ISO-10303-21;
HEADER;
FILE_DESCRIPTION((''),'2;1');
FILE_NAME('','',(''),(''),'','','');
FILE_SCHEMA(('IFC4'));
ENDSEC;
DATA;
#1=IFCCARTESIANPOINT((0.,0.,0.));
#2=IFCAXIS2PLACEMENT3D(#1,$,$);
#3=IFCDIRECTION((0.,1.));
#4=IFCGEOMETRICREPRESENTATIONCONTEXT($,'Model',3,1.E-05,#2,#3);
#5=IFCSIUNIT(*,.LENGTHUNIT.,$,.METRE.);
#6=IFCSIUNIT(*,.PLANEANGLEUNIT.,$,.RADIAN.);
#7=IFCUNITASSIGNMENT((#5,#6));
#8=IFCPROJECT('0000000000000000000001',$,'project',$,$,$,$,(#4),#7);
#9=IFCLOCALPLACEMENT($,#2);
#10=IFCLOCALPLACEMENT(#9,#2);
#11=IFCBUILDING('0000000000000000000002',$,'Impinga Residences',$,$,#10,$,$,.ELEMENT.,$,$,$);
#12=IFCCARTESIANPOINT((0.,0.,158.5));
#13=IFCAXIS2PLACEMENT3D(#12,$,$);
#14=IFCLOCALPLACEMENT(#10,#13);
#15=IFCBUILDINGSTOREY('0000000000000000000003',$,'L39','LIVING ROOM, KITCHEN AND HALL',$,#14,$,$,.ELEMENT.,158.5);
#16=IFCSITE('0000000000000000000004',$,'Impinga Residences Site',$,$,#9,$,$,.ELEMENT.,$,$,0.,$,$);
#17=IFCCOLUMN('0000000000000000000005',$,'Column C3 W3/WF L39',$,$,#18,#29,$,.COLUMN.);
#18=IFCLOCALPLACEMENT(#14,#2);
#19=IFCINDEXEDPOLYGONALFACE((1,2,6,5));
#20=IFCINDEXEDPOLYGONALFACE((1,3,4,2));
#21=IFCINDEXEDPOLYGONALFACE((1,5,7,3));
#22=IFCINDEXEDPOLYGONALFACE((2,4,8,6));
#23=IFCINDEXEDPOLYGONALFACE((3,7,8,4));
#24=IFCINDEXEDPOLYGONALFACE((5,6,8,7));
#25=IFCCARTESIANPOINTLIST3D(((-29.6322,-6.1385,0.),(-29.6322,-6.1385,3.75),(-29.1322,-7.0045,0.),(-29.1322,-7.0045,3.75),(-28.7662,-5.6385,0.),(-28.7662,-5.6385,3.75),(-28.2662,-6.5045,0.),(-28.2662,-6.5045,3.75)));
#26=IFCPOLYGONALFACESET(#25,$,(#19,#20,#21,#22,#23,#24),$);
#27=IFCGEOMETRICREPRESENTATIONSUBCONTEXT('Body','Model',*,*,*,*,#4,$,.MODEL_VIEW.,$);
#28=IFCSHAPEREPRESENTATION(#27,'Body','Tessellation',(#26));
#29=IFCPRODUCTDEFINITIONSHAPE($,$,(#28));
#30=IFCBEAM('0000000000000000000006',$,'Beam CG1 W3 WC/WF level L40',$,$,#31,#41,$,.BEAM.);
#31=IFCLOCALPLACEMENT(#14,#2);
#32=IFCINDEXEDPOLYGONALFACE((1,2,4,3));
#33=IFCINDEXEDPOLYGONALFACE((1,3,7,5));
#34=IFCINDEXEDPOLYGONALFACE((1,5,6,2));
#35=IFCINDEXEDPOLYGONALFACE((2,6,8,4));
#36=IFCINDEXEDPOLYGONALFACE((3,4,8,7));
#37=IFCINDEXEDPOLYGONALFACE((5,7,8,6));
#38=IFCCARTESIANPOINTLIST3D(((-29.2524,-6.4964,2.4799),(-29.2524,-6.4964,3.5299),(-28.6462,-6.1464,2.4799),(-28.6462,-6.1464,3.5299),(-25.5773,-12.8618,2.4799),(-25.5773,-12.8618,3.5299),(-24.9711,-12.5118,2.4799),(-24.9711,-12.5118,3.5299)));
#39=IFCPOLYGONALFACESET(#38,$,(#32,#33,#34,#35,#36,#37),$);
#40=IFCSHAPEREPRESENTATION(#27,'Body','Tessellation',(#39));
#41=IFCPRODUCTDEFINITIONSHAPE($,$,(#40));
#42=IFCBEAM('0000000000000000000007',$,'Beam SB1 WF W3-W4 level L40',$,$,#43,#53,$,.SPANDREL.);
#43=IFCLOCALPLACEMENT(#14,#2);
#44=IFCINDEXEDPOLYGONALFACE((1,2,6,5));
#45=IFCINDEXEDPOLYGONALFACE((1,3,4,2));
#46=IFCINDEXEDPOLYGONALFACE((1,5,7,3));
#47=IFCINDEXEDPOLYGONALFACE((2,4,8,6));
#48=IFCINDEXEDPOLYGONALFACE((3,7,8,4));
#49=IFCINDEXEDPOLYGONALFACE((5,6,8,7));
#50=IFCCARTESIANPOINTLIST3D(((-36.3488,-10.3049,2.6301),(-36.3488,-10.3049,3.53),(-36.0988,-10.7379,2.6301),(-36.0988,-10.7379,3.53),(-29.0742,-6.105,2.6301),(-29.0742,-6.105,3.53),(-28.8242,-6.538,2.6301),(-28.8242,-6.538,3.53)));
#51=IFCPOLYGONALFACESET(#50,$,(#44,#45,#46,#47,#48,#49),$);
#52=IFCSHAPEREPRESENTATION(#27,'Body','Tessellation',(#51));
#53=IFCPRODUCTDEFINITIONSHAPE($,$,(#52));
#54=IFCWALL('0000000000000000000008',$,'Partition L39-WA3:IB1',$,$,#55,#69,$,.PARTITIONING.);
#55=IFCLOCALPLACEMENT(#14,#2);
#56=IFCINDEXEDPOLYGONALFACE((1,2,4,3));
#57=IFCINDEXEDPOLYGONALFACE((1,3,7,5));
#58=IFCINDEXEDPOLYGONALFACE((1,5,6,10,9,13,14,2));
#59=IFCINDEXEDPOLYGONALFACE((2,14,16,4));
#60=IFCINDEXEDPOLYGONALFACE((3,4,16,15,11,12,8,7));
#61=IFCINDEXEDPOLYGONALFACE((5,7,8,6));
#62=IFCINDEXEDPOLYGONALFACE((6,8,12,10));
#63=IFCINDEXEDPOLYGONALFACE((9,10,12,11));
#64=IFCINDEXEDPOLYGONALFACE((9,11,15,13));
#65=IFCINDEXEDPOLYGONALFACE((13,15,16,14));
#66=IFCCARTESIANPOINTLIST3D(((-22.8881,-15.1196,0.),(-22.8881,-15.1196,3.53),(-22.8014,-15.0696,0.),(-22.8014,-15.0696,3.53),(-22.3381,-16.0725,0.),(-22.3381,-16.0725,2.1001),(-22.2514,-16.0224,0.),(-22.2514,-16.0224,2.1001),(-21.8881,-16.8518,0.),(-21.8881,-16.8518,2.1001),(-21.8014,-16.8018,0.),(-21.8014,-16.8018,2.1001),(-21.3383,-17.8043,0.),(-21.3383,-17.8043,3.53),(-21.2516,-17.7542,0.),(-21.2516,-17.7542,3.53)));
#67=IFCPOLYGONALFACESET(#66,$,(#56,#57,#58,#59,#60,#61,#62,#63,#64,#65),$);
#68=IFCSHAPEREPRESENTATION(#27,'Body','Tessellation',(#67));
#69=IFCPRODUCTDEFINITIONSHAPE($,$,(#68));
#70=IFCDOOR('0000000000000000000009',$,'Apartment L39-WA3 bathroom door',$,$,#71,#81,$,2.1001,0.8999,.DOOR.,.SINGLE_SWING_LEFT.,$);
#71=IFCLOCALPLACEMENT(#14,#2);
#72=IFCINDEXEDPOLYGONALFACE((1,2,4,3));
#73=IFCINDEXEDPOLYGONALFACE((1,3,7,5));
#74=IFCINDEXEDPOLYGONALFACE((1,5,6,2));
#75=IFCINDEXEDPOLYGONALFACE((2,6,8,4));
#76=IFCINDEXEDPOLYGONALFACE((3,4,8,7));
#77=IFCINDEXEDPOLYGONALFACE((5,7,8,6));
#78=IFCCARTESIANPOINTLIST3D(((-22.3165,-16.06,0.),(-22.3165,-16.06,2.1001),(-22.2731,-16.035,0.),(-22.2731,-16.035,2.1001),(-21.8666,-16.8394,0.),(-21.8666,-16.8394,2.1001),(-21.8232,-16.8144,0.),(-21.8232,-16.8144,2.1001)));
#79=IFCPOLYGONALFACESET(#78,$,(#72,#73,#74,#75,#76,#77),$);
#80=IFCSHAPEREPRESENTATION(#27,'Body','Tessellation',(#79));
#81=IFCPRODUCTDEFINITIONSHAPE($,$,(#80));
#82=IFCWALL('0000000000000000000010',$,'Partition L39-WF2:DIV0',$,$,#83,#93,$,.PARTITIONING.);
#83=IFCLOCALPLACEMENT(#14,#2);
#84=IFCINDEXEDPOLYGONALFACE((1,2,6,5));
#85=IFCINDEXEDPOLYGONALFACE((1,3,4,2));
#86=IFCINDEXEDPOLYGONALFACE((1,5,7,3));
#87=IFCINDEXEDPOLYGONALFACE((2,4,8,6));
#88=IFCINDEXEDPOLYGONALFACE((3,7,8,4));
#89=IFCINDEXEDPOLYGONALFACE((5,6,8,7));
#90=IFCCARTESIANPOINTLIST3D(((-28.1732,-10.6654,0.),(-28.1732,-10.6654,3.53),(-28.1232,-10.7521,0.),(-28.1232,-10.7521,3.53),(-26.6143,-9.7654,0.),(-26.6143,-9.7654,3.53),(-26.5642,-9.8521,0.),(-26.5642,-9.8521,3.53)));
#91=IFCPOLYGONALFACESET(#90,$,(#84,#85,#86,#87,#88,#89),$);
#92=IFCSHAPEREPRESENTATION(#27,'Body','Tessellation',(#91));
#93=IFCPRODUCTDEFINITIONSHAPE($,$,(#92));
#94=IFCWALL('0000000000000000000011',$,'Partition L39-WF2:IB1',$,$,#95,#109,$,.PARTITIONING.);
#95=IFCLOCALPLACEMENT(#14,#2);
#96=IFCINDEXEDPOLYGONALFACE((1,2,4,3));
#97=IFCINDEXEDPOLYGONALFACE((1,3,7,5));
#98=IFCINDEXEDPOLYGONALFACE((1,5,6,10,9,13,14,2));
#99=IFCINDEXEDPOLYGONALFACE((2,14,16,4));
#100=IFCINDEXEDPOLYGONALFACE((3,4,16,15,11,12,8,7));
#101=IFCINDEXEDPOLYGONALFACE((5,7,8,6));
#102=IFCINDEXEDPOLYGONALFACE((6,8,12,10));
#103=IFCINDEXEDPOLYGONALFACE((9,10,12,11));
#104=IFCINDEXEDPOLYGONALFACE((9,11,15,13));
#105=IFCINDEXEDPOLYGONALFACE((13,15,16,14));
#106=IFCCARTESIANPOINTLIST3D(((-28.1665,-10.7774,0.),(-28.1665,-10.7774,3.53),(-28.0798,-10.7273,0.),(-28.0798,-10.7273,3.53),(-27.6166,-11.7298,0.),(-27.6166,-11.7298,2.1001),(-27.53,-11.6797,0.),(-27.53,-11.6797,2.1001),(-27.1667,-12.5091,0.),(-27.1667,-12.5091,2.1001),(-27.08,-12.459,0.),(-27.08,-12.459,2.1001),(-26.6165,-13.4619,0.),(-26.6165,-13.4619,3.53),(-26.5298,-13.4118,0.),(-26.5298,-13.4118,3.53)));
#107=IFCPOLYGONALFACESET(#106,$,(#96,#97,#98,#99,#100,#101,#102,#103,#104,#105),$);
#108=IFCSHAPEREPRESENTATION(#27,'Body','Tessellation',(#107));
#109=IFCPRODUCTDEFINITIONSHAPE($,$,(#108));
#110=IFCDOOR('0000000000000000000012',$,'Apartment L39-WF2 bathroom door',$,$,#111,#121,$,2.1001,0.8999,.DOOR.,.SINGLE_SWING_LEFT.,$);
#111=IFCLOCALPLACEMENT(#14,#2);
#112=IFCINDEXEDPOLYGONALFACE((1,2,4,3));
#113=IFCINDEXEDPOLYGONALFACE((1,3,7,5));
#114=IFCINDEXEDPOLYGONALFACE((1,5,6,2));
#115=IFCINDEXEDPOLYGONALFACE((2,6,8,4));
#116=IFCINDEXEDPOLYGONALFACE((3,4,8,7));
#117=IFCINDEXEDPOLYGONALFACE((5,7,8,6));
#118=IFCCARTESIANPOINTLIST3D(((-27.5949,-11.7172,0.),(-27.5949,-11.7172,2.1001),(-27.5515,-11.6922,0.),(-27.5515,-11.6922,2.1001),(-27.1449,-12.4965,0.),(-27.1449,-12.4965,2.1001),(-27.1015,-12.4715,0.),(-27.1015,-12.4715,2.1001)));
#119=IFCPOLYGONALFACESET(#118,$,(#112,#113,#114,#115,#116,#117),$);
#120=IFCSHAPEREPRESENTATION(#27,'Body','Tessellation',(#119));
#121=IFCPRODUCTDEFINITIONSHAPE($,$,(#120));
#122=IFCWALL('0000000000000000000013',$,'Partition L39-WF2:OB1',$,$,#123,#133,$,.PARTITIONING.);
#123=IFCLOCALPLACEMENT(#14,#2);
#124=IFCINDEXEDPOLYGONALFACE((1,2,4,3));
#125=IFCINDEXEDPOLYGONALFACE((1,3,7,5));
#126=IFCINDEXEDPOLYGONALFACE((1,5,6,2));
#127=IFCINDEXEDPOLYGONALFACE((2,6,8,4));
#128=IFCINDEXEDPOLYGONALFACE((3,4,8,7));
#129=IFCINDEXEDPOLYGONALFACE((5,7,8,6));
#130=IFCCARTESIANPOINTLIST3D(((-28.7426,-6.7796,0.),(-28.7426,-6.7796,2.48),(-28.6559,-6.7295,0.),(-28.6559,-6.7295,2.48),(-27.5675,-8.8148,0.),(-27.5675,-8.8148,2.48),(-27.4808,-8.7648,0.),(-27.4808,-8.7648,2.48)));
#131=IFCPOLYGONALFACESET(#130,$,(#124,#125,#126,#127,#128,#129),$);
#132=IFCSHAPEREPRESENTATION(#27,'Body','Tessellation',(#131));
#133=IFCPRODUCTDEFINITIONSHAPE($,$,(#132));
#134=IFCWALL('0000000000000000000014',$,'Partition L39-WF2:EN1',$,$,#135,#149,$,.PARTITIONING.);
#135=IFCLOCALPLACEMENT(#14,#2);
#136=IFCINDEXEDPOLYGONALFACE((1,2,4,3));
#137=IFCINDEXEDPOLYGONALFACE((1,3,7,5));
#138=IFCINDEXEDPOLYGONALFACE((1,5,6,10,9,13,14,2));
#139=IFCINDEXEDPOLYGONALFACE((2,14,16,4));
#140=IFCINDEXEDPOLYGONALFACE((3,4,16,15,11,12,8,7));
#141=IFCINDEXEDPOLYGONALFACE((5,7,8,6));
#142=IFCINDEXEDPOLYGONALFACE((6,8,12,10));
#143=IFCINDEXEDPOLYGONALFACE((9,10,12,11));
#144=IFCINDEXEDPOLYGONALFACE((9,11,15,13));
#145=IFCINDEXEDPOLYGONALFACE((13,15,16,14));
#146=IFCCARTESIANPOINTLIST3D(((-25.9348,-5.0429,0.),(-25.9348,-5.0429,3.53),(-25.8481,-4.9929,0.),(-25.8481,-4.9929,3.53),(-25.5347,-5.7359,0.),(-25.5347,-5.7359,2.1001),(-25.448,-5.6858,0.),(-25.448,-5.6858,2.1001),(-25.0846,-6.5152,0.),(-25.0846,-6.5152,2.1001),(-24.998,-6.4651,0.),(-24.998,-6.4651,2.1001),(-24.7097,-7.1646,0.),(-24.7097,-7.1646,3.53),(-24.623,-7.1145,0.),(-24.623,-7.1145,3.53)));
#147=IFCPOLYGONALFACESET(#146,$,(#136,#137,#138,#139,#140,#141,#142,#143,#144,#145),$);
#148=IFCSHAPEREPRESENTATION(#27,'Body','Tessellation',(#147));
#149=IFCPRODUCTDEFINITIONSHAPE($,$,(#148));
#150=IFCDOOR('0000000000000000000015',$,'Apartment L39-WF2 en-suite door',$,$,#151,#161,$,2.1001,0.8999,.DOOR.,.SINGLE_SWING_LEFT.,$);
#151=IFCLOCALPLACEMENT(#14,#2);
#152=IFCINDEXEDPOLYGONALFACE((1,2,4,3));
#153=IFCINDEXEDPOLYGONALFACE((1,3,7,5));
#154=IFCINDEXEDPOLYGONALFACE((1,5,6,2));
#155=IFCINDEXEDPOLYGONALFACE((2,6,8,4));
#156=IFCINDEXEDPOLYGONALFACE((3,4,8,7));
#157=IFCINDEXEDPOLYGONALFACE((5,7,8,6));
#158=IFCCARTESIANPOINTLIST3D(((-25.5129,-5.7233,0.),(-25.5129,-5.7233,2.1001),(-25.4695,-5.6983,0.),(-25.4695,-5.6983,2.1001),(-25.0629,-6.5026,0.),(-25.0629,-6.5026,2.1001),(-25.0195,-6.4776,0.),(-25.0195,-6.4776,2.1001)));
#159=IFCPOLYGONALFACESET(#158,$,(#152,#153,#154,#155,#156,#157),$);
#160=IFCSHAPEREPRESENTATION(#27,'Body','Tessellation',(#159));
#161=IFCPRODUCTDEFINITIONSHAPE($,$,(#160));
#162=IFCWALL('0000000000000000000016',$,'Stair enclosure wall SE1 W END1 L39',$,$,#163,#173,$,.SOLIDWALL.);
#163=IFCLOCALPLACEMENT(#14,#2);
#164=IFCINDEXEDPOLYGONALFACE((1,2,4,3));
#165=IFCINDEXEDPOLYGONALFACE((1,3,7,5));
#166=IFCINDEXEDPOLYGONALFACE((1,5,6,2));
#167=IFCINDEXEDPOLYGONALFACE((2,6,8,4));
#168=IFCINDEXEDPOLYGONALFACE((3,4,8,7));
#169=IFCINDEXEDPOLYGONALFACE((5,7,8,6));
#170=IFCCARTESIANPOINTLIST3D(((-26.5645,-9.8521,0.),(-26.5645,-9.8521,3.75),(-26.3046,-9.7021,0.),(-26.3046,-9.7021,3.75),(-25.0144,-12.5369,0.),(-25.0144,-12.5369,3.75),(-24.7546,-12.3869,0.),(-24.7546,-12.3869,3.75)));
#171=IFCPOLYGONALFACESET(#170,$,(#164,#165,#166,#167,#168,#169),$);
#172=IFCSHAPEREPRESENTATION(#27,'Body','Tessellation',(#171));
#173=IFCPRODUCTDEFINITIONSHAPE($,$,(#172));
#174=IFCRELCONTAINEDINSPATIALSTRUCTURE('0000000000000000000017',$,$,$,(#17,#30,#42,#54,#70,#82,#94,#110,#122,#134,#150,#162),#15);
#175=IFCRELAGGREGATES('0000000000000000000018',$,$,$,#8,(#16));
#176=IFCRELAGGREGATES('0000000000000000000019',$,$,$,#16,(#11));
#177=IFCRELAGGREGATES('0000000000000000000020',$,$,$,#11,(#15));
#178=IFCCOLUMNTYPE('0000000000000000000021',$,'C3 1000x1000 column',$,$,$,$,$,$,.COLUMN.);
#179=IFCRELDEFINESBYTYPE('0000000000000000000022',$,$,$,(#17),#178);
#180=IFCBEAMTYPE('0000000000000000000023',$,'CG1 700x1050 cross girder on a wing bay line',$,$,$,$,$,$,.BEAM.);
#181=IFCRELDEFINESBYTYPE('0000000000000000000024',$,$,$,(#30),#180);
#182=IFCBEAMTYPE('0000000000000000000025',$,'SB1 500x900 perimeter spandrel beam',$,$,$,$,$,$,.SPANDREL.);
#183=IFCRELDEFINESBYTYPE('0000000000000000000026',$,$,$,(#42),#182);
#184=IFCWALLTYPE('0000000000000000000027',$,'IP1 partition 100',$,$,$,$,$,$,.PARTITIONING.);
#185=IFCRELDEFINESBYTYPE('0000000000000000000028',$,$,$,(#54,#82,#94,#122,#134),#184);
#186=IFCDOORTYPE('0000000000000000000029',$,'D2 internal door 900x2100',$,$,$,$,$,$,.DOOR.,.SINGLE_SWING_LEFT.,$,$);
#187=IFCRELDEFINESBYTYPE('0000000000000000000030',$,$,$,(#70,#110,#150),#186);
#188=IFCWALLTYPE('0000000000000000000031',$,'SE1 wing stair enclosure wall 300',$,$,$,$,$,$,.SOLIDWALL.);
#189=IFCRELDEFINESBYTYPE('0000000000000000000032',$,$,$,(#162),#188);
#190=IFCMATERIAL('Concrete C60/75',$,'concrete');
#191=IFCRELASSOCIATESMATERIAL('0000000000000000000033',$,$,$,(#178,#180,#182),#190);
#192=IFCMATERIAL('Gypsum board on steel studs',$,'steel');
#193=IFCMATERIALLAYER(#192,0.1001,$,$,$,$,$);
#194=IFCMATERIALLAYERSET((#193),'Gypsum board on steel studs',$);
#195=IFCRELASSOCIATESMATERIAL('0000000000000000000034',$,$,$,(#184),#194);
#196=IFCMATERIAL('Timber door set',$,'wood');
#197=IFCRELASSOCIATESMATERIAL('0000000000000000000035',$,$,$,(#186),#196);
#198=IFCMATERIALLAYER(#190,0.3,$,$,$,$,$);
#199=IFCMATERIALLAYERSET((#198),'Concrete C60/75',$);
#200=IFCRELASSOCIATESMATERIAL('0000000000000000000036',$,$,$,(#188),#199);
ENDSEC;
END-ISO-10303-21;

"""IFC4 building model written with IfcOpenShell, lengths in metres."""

from ifc_helpers import new_model, si_unit, direction, frame, frame_2d, origin, origin_2d, place, context, subcontext, project, spatial, rectangle, extrude, material, layer, layer_set, material_profile, profile_set, type_object, element, fill, save


model = new_model("IFC4")

# Units and contexts
model_context = context("Model", 3, precision=1e-05, world=origin(), true_north=direction((0.0, 1.0)))
body_context = subcontext(model_context, "Body", "Model", "MODEL_VIEW")
ifc_project = project(units=[si_unit("LENGTHUNIT", "METRE"), si_unit("PLANEANGLEUNIT", "RADIAN")], contexts=[model_context])

# Site, building, storey
site_placement = place(None, origin())
site = spatial("IfcSite", under=ifc_project, at=site_placement, Name="Impinga Residences Site", CompositionType="ELEMENT", RefElevation=0.0)
building_placement = place(site_placement, origin())
building = spatial("IfcBuilding", under=site, at=building_placement, Name="Impinga Residences", CompositionType="ELEMENT")
storey_placement = place(building_placement, frame((0.0, 0.0, 158.5)))
storey = spatial("IfcBuildingStorey", under=building, at=storey_placement, Name="L39", Description="LIVING ROOM, KITCHEN AND HALL", CompositionType="ELEMENT", Elevation=158.5)

# Column
ifc_material_1 = material(Name="Concrete C60/75", Category="concrete")
ifc_material_profile_1 = material_profile(ifc_material_1, rectangle(XDim=1.0, YDim=1.0, at=origin_2d()), Name="RC 1000x1000")
ifc_profile_set_1 = profile_set([ifc_material_profile_1], Name="Concrete C60/75")
column_type = type_object("IfcColumnType", Name="C3 1000x1000 column", PredefinedType="COLUMN", material=ifc_profile_set_1)
column_placement = place(storey_placement, frame((-28.9492, -6.3215, 0.0), z_axis=(0.0, 0.0, 1.0), x_axis=(-0.5, 0.866025, 0.0)))
element("IfcColumn", 1, at=column_placement, inside=storey, type_object=column_type, Name="Column C3 W3/WF L39", PredefinedType="COLUMN", context=body_context, shape_type="SweptSolid", body=[
    extrude(rectangle(XDim=1.0, YDim=1.0, at=origin_2d()), origin(), (0.0, 0.0, 1.0), 3.75),
])

# Beams
ifc_material_profile_2 = material_profile(ifc_material_1, rectangle(XDim=0.7, YDim=1.05, at=origin_2d()), Name="RC 700x1050")
ifc_profile_set_2 = profile_set([ifc_material_profile_2], Name="Concrete C60/75")
beam_type_1 = type_object("IfcBeamType", Name="CG1 700x1050 cross girder on a wing bay line", PredefinedType="BEAM", material=ifc_profile_set_2)
beam_1_placement = place(storey_placement, frame((-25.2742, -12.6868, 3.0049), z_axis=(-0.500008, 0.866021, 0.0), x_axis=(-0.866021, -0.500008, 0.0)))
element("IfcBeam", 2, at=beam_1_placement, inside=storey, type_object=beam_type_1, Name="Beam CG1 W3 WC/WF level L40", PredefinedType="BEAM", context=body_context, shape_type="SweptSolid", body=[
    extrude(rectangle(XDim=0.7, YDim=1.05, at=origin_2d()), origin(), (0.0, 0.0, 1.0), 7.3501),
])
ifc_material_profile_3 = material_profile(ifc_material_1, rectangle(XDim=0.5, YDim=0.8999, at=origin_2d()), Name="RC 500x900")
ifc_profile_set_3 = profile_set([ifc_material_profile_3], Name="Concrete C60/75")
beam_type_2 = type_object("IfcBeamType", Name="SB1 500x900 perimeter spandrel beam", PredefinedType="SPANDREL", material=ifc_profile_set_3)
beam_2_placement = place(storey_placement, frame((-28.9492, -6.3215, 3.0801), z_axis=(-0.866029, -0.499993, 0.0), x_axis=(0.499993, -0.866029, 0.0)))
element("IfcBeam", 3, at=beam_2_placement, inside=storey, type_object=beam_type_2, Name="Beam SB1 WF W3-W4 level L40", PredefinedType="SPANDREL", context=body_context, shape_type="SweptSolid", body=[
    extrude(rectangle(XDim=0.5, YDim=0.8999, at=origin_2d()), origin(), (0.0, 0.0, 1.0), 8.3999),
])

# Wall, opening, door
ifc_material_2 = material(Name="Gypsum board on steel studs", Category="steel")
ifc_layer_1 = layer(ifc_material_2, 0.1001)
ifc_layer_set_1 = layer_set([ifc_layer_1], Name="Gypsum board on steel studs")
wall_type_1 = type_object("IfcWallType", Name="IP1 partition 100", PredefinedType="PARTITIONING", material=ifc_layer_set_1)
wall_1_placement = place(storey_placement, frame((-22.8447, -15.0947, 0.0), z_axis=(0.0, 0.0, 1.0), x_axis=(0.499968, -0.866044, 0.0)))
wall_1 = element("IfcWall", 4, at=wall_1_placement, inside=storey, type_object=wall_type_1, Name="Partition L39-WA3:IB1", PredefinedType="PARTITIONING", context=body_context, shape_type="SweptSolid", body=[
    extrude(rectangle(XDim=3.0999, YDim=0.1001, at=frame_2d((1.5498, 0.0))), origin(), (0.0, 0.0, 1.0), 3.53),
])
opening_1_placement = place(wall_1_placement, frame((1.1001, 0.0, 0.0)))
opening_1 = element("IfcOpeningElement", 5, at=opening_1_placement, cuts=wall_1, PredefinedType="OPENING", context=body_context, shape_type="SweptSolid", body=[
    extrude(rectangle(XDim=0.8999, YDim=2.1001, at=frame_2d((0.45, 1.05))), frame((0.0, 0.0601, 0.0), z_axis=(0.0, -1.0, 0.0), x_axis=(1.0, 0.0, 0.0)), (0.0, 0.0, 1.0), 0.1201),
])
ifc_material_3 = material(Name="Timber door set", Category="wood")
door_type = type_object("IfcDoorType", Name="D2 internal door 900x2100", OperationType="SINGLE_SWING_LEFT", PredefinedType="DOOR", material=ifc_material_3)
door_1_placement = place(opening_1_placement, origin())
door_1 = element("IfcDoor", 6, at=door_1_placement, inside=storey, type_object=door_type, Name="Apartment L39-WA3 bathroom door", OperationType="SINGLE_SWING_LEFT", OverallHeight=2.1001, OverallWidth=0.8999, PredefinedType="DOOR", context=body_context, shape_type="SweptSolid", body=[
    extrude(rectangle(XDim=0.8999, YDim=2.1001, at=frame_2d((0.45, 1.05))), frame((0.0, 0.0249, 0.0), z_axis=(0.0, -1.0, 0.0), x_axis=(1.0, 0.0, 0.0)), (0.0, 0.0, 1.0), 0.05),
])
fill(opening_1, door_1)

# Wall
wall_2_placement = place(storey_placement, frame((-26.5894, -9.8088, 0.0), z_axis=(0.0, 0.0, 1.0), x_axis=(-0.866048, -0.499961, 0.0)))
element("IfcWall", 7, at=wall_2_placement, inside=storey, type_object=wall_type_1, Name="Partition L39-WF2:DIV0", PredefinedType="PARTITIONING", context=body_context, shape_type="SweptSolid", body=[
    extrude(rectangle(XDim=1.8, YDim=0.1001, at=frame_2d((0.8999, 0.0))), origin(), (0.0, 0.0, 1.0), 3.53),
])

# Wall, opening, door
wall_3_placement = place(storey_placement, frame((-26.5732, -13.4368, 0.0), z_axis=(0.0, 0.0, 1.0), x_axis=(-0.500027, 0.86601, 0.0)))
wall_3 = element("IfcWall", 8, at=wall_3_placement, inside=storey, type_object=wall_type_1, Name="Partition L39-WF2:IB1", PredefinedType="PARTITIONING", context=body_context, shape_type="SweptSolid", body=[
    extrude(rectangle(XDim=3.0999, YDim=0.1001, at=frame_2d((1.5498, 0.0))), origin(), (0.0, 0.0, 1.0), 3.53),
])
opening_2_placement = place(wall_3_placement, frame((1.1001, 0.0, 0.0)))
opening_2 = element("IfcOpeningElement", 9, at=opening_2_placement, cuts=wall_3, PredefinedType="OPENING", context=body_context, shape_type="SweptSolid", body=[
    extrude(rectangle(XDim=0.8999, YDim=2.1001, at=frame_2d((0.45, 1.05))), frame((0.0, 0.0601, 0.0), z_axis=(0.0, -1.0, 0.0), x_axis=(1.0, 0.0, 0.0)), (0.0, 0.0, 1.0), 0.1201),
])
door_2_placement = place(opening_2_placement, origin())
door_2 = element("IfcDoor", 10, at=door_2_placement, inside=storey, type_object=door_type, Name="Apartment L39-WF2 bathroom door", OperationType="SINGLE_SWING_LEFT", OverallHeight=2.1001, OverallWidth=0.8999, PredefinedType="DOOR", context=body_context, shape_type="SweptSolid", body=[
    extrude(rectangle(XDim=0.8999, YDim=2.1001, at=frame_2d((0.45, 1.05))), frame((0.0, 0.0249, 0.0), z_axis=(0.0, -1.0, 0.0), x_axis=(1.0, 0.0, 0.0)), (0.0, 0.0, 1.0), 0.05),
])
fill(opening_2, door_2)

# Wall
wall_4_placement = place(storey_placement, frame((-27.5242, -8.7898, 0.0), z_axis=(0.0, 0.0, 1.0), x_axis=(-0.500016, 0.866016, 0.0)))
element("IfcWall", 11, at=wall_4_placement, inside=storey, type_object=wall_type_1, Name="Partition L39-WF2:OB1", PredefinedType="PARTITIONING", context=body_context, shape_type="SweptSolid", body=[
    extrude(rectangle(XDim=2.3501, YDim=0.1001, at=frame_2d((1.175, 0.0))), origin(), (0.0, 0.0, 1.0), 2.48),
])

# Wall, opening, door
wall_5_placement = place(storey_placement, frame((-24.6663, -7.1396, 0.0), z_axis=(0.0, 0.0, 1.0), x_axis=(-0.500062, 0.86599, 0.0)))
wall_5 = element("IfcWall", 12, at=wall_5_placement, inside=storey, type_object=wall_type_1, Name="Partition L39-WF2:EN1", PredefinedType="PARTITIONING", context=body_context, shape_type="SweptSolid", body=[
    extrude(rectangle(XDim=2.45, YDim=0.1001, at=frame_2d((1.2251, 0.0))), origin(), (0.0, 0.0, 1.0), 3.53),
])
opening_3_placement = place(wall_5_placement, frame((0.75, 0.0, 0.0)))
opening_3 = element("IfcOpeningElement", 13, at=opening_3_placement, cuts=wall_5, PredefinedType="OPENING", context=body_context, shape_type="SweptSolid", body=[
    extrude(rectangle(XDim=0.8999, YDim=2.1001, at=frame_2d((0.45, 1.05))), frame((0.0, 0.0601, 0.0), z_axis=(0.0, -1.0, 0.0), x_axis=(1.0, 0.0, 0.0)), (0.0, 0.0, 1.0), 0.1201),
])
door_3_placement = place(opening_3_placement, origin())
door_3 = element("IfcDoor", 14, at=door_3_placement, inside=storey, type_object=door_type, Name="Apartment L39-WF2 en-suite door", OperationType="SINGLE_SWING_LEFT", OverallHeight=2.1001, OverallWidth=0.8999, PredefinedType="DOOR", context=body_context, shape_type="SweptSolid", body=[
    extrude(rectangle(XDim=0.8999, YDim=2.1001, at=frame_2d((0.45, 1.05))), frame((0.0, 0.0249, 0.0), z_axis=(0.0, -1.0, 0.0), x_axis=(1.0, 0.0, 0.0)), (0.0, 0.0, 1.0), 0.05),
])
fill(opening_3, door_3)

# Wall
ifc_layer_2 = layer(ifc_material_1, 0.3)
ifc_layer_set_2 = layer_set([ifc_layer_2], Name="Concrete C60/75")
wall_type_2 = type_object("IfcWallType", Name="SE1 wing stair enclosure wall 300", PredefinedType="SOLIDWALL", material=ifc_layer_set_2)
wall_6_placement = place(storey_placement, frame((-24.8845, -12.4619, 0.0), z_axis=(0.0, 0.0, 1.0), x_axis=(-0.499993, 0.86603, 0.0)))
element("IfcWall", 15, at=wall_6_placement, inside=storey, type_object=wall_type_2, Name="Stair enclosure wall SE1 W END1 L39", PredefinedType="SOLIDWALL", context=body_context, shape_type="SweptSolid", body=[
    extrude(rectangle(XDim=3.1001, YDim=0.3, at=frame_2d((1.55, 0.0))), origin(), (0.0, 0.0, 1.0), 3.75),
])

save(model, "model.ifc")
